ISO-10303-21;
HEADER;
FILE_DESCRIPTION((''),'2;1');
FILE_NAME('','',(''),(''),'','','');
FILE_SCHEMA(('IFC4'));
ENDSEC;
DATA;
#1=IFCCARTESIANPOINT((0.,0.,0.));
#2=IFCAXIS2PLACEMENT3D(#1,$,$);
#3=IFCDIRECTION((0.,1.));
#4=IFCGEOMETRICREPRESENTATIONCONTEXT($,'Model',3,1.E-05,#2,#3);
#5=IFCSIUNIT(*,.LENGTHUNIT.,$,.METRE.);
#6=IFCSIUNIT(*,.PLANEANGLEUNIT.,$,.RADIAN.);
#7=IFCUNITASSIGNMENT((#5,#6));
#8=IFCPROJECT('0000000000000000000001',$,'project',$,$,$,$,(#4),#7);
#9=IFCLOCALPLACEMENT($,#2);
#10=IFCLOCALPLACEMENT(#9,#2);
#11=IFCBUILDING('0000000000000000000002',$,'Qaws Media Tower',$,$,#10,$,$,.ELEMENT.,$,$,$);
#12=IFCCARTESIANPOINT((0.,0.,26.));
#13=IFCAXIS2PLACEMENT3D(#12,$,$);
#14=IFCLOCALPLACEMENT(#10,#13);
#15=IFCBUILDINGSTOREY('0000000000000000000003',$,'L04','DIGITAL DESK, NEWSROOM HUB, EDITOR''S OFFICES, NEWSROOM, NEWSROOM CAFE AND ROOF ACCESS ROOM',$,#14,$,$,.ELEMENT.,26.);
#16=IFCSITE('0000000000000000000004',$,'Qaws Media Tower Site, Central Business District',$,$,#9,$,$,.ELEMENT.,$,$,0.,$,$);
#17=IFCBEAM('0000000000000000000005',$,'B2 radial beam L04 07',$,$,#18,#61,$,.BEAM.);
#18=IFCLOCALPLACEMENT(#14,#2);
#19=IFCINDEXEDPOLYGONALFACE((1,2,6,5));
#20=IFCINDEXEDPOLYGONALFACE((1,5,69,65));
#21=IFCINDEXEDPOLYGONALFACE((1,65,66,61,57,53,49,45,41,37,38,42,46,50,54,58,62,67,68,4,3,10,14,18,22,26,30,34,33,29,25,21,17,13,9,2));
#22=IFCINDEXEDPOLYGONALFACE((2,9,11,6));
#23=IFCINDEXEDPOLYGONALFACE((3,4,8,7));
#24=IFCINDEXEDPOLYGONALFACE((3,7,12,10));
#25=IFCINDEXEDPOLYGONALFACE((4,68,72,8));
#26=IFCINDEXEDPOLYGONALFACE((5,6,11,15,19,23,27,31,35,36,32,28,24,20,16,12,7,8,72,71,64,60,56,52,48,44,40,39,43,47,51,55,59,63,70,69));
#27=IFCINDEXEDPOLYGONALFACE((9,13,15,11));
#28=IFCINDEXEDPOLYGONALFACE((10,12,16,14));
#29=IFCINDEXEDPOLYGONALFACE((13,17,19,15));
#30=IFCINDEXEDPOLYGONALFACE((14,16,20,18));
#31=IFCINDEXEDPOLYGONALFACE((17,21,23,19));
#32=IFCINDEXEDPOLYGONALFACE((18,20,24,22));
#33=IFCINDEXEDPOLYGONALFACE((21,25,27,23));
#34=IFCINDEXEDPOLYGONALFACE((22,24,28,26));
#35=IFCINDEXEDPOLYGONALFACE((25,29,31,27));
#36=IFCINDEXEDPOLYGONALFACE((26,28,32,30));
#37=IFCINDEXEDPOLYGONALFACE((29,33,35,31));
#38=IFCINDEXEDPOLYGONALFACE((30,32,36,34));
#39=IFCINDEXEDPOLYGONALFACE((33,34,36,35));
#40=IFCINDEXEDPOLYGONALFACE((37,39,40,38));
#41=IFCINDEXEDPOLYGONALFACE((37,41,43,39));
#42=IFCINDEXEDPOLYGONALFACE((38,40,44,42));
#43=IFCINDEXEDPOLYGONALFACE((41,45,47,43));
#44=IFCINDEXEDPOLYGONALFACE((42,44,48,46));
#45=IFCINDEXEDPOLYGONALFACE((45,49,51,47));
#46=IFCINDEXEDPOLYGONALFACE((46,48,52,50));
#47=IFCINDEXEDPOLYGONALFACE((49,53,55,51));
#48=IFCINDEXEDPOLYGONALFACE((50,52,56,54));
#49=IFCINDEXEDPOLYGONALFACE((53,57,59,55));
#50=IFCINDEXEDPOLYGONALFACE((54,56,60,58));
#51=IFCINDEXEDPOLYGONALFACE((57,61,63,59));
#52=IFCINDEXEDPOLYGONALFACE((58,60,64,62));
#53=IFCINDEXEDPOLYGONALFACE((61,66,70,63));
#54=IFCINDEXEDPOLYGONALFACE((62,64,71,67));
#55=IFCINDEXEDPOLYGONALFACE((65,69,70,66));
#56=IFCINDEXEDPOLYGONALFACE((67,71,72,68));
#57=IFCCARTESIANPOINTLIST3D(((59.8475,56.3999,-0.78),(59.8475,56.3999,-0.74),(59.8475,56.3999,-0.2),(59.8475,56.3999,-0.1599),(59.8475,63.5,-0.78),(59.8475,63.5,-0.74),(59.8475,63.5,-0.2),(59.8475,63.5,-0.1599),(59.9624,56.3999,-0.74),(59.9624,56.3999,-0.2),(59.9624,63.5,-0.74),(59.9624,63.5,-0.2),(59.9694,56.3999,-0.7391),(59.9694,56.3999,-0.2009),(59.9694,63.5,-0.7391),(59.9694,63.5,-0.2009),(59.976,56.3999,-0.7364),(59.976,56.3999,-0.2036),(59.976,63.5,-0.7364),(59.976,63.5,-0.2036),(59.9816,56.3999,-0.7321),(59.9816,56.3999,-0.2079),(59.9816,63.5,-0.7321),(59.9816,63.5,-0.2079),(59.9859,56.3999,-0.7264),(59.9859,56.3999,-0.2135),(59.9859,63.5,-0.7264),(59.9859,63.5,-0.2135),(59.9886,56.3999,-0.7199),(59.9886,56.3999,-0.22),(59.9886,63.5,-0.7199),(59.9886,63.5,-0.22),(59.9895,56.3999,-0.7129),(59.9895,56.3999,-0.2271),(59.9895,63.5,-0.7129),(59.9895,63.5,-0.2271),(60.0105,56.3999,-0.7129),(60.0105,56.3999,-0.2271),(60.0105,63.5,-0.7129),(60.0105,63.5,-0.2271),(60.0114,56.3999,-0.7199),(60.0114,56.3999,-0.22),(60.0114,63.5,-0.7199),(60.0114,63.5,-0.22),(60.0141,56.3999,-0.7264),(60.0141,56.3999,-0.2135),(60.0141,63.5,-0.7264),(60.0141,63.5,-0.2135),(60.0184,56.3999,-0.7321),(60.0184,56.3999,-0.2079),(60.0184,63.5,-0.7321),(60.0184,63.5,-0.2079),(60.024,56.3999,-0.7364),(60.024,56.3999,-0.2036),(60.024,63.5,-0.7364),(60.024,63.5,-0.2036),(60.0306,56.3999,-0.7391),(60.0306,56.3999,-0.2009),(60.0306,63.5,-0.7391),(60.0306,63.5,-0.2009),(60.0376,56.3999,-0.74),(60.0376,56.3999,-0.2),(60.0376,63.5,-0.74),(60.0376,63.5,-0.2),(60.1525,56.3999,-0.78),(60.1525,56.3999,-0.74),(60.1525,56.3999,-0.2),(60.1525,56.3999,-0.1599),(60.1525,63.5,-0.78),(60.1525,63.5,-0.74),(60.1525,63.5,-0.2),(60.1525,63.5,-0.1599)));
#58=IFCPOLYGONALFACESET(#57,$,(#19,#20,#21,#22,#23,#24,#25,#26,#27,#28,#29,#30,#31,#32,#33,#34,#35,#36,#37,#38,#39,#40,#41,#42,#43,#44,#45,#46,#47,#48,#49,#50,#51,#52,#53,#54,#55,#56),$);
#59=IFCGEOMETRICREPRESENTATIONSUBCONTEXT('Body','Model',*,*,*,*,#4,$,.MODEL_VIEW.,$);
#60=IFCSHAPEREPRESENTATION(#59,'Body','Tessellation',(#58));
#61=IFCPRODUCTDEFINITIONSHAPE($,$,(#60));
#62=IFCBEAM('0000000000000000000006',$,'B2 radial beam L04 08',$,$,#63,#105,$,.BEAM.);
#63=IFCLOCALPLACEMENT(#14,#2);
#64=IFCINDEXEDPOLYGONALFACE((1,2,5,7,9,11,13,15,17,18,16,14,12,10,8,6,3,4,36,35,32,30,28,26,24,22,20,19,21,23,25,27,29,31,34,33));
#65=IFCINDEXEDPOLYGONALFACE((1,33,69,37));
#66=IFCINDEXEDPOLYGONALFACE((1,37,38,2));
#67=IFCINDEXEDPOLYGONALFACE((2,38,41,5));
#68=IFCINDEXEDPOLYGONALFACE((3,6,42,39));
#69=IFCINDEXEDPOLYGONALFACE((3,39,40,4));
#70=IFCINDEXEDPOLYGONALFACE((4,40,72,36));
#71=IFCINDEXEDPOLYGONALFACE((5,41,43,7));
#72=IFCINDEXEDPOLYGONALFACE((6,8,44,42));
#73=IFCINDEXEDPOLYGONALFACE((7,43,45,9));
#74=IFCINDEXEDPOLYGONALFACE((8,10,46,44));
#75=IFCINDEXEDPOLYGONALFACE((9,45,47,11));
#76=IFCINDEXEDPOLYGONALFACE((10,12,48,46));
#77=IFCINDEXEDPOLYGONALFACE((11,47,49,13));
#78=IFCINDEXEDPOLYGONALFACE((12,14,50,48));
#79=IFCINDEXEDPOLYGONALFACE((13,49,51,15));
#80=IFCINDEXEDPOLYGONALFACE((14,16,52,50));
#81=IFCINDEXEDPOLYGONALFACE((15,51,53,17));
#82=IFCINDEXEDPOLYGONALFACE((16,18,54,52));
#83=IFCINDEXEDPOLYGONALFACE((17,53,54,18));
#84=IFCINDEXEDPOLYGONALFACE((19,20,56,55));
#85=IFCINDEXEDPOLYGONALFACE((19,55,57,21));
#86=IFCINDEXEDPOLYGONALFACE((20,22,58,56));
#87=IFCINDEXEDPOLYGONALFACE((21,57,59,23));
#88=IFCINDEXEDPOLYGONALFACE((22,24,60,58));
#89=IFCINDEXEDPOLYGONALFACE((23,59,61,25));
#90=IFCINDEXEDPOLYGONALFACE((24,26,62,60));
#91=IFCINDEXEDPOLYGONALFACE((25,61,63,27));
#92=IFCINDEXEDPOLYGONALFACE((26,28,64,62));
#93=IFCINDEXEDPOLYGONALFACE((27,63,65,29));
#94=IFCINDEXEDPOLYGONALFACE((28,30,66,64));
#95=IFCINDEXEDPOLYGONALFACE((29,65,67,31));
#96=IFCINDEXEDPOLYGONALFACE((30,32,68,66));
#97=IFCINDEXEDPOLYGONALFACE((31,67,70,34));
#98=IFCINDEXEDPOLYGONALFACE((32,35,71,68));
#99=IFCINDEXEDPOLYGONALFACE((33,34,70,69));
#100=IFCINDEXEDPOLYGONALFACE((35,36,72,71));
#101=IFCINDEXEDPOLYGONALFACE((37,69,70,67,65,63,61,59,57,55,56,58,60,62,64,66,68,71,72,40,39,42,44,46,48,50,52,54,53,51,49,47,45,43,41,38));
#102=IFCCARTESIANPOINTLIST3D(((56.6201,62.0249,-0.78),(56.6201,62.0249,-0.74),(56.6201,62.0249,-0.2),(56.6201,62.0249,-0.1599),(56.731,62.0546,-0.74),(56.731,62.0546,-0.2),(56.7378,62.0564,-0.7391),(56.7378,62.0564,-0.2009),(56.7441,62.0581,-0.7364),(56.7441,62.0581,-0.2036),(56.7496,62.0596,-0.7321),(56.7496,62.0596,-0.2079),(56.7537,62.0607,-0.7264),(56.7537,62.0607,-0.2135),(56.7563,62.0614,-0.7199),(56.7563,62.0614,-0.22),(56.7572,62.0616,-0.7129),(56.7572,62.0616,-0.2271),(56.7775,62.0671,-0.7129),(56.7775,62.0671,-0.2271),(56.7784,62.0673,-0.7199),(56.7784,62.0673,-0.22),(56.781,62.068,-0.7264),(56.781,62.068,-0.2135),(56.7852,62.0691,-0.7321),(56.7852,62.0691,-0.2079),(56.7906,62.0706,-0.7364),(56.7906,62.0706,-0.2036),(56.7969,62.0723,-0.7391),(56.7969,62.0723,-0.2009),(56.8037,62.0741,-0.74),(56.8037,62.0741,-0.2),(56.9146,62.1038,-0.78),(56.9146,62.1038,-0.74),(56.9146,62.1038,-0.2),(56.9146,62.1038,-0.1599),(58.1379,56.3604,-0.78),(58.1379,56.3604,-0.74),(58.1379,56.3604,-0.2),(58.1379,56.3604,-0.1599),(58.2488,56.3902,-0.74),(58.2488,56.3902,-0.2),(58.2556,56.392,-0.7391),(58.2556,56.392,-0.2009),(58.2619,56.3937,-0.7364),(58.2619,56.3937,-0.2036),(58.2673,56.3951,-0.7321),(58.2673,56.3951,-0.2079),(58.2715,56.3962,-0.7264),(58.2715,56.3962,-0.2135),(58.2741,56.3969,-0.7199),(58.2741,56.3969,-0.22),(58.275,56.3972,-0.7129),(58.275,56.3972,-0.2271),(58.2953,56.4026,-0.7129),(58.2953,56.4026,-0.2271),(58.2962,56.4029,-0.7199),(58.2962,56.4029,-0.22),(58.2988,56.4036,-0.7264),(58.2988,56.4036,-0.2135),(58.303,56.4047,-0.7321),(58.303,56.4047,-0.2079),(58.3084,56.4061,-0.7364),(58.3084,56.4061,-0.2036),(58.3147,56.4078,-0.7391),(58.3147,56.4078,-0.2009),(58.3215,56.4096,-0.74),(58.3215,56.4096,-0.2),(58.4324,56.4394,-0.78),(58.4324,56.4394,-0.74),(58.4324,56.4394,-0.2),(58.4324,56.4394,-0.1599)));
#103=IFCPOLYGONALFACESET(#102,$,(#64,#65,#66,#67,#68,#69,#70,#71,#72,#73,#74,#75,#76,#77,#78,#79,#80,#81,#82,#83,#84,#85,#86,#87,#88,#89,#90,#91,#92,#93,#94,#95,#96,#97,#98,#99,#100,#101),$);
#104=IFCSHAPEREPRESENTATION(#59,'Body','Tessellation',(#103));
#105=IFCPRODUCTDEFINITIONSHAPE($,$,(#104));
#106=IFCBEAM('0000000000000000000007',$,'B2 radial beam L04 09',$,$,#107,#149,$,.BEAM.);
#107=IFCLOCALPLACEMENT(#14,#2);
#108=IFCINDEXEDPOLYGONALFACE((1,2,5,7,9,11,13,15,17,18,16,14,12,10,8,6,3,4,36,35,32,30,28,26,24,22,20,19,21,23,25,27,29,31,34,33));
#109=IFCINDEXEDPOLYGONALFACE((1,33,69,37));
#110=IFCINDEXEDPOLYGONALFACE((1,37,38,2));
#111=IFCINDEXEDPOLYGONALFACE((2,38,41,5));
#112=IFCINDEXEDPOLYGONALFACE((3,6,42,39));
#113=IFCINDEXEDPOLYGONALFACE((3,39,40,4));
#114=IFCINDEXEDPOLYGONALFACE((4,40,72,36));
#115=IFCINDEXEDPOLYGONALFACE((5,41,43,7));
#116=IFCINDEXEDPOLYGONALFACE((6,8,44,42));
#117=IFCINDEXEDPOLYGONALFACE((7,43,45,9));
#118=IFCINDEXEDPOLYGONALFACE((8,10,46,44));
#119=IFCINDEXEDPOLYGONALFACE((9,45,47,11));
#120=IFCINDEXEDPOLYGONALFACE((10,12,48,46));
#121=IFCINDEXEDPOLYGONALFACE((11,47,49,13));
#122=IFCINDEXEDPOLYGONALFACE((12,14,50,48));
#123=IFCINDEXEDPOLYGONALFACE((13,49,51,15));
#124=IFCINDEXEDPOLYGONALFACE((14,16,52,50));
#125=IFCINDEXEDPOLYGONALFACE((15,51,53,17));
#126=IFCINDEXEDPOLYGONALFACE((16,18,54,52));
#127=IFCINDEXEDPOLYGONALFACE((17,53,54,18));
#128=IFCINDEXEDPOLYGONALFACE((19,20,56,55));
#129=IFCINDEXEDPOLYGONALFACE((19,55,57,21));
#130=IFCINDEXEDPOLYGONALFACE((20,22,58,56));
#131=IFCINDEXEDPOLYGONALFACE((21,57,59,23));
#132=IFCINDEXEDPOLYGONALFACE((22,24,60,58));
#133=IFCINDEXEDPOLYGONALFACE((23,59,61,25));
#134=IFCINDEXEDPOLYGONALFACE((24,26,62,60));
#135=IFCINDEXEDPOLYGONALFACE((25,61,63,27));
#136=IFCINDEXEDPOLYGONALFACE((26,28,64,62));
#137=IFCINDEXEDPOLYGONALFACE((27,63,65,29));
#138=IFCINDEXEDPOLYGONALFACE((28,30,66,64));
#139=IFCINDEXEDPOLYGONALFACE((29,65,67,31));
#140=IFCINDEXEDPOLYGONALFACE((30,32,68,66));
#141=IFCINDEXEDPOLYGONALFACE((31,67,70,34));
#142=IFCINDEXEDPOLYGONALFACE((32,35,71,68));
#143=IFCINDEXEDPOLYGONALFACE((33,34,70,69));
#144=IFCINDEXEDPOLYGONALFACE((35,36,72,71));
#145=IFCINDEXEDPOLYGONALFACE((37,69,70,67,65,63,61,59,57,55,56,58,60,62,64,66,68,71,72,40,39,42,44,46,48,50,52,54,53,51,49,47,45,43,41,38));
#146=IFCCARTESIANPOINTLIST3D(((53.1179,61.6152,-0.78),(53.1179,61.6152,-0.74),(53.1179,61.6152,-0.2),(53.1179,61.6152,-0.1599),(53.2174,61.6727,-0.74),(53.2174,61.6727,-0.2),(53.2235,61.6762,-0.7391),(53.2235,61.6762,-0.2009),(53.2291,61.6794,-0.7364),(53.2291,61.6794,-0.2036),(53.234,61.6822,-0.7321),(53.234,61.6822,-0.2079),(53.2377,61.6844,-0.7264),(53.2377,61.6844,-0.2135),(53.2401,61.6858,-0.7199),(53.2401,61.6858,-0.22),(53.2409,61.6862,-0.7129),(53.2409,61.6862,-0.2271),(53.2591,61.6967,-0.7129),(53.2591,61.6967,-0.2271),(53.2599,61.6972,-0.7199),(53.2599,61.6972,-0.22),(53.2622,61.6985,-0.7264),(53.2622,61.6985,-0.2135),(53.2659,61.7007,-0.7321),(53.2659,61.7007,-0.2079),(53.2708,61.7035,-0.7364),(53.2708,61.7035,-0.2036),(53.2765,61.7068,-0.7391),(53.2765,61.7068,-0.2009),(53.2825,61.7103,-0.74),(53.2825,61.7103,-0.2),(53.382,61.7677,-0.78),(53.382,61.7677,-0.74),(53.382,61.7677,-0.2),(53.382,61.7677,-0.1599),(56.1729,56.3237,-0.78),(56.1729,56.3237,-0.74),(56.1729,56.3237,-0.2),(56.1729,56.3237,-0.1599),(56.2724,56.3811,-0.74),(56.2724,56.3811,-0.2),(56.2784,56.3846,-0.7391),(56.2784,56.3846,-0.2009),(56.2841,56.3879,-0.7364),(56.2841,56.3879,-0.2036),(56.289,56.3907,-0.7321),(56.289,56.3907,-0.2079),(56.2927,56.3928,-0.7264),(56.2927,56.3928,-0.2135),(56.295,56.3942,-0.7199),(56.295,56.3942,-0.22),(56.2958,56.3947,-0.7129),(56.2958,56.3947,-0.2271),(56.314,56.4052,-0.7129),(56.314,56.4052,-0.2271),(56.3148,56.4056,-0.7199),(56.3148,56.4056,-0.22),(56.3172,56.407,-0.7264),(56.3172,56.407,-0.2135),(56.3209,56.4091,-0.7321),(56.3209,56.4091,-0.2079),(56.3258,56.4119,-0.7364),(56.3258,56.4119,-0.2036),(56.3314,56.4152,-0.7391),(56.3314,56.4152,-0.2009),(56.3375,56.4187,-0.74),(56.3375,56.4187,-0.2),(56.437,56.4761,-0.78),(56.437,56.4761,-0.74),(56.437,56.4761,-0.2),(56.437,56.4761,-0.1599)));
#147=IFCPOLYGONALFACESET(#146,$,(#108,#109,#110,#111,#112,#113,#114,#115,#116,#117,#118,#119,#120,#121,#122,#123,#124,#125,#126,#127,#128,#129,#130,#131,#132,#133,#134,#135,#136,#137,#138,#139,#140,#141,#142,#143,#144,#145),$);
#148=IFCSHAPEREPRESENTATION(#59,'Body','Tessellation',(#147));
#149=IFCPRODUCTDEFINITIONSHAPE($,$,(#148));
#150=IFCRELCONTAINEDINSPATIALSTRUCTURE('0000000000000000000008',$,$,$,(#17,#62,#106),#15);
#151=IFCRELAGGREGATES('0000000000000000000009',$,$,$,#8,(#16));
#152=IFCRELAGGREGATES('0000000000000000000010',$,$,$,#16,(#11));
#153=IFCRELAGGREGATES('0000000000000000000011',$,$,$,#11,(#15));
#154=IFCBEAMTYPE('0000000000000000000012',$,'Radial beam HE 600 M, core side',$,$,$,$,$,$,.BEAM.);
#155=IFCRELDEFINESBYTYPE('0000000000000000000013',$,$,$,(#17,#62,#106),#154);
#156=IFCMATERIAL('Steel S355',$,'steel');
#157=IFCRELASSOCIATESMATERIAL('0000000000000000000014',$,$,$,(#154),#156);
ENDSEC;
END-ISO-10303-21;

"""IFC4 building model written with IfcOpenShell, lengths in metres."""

from ifc_helpers import new_model, si_unit, direction, frame, origin, origin_2d, place, context, subcontext, project, spatial, i_section, extrude, material, material_profile, profile_set, type_object, element, save


model = new_model("IFC4")

# Units and contexts
model_context = context("Model", 3, precision=1e-05, world=origin(), true_north=direction((0.0, 1.0)))
body_context = subcontext(model_context, "Body", "Model", "MODEL_VIEW")
ifc_project = project(units=[si_unit("LENGTHUNIT", "METRE"), si_unit("PLANEANGLEUNIT", "RADIAN")], contexts=[model_context])

# Site, building, storey
site_placement = place(None, origin())
site = spatial("IfcSite", under=ifc_project, at=site_placement, Name="Qaws Media Tower Site, Central Business District", CompositionType="ELEMENT", RefElevation=0.0)
building_placement = place(site_placement, origin())
building = spatial("IfcBuilding", under=site, at=building_placement, Name="Qaws Media Tower", CompositionType="ELEMENT")
storey_placement = place(building_placement, frame((0.0, 0.0, 26.0)))
storey = spatial("IfcBuildingStorey", under=building, at=storey_placement, Name="L04", Description="DIGITAL DESK, NEWSROOM HUB, EDITOR'S OFFICES, NEWSROOM, NEWSROOM CAFE AND ROOF ACCESS ROOM", CompositionType="ELEMENT", Elevation=26.0)

# Beams
ifc_material_1 = material(Name="Steel S355", Category="steel")
ifc_material_profile_1 = material_profile(ifc_material_1, i_section(OverallWidth=0.3049, OverallDepth=0.6201, WebThickness=0.021, FlangeThickness=0.04, FilletRadius=0.0271, at=origin_2d()), Name="HE 600 M")
ifc_profile_set_1 = profile_set([ifc_material_profile_1], Name="Steel S355")
beam_type_1 = type_object("IfcBeamType", Name="Radial beam HE 600 M, core side", PredefinedType="BEAM", material=ifc_profile_set_1)
beam_1_placement = place(storey_placement, frame((60.0, 56.3999, -0.47), z_axis=(0.0, 1.0, 0.0), x_axis=(-1.0, 0.0, 0.0)))
element("IfcBeam", 1, at=beam_1_placement, inside=storey, type_object=beam_type_1, Name="B2 radial beam L04 07", PredefinedType="BEAM", context=body_context, shape_type="SweptSolid", body=[
    extrude(i_section(OverallWidth=0.3049, OverallDepth=0.6201, WebThickness=0.021, FlangeThickness=0.04, FilletRadius=0.0271, at=origin_2d()), origin(), (0.0, 0.0, 1.0), 7.1001),
])
beam_2_placement = place(storey_placement, frame((58.2852, 56.3999, -0.47), z_axis=(-0.258821, 0.965925, 0.0), x_axis=(-0.965925, -0.258821, 0.0)))
element("IfcBeam", 2, at=beam_2_placement, inside=storey, type_object=beam_type_1, Name="B2 radial beam L04 08", PredefinedType="BEAM", context=body_context, shape_type="SweptSolid", body=[
    extrude(i_section(OverallWidth=0.3049, OverallDepth=0.6201, WebThickness=0.021, FlangeThickness=0.04, FilletRadius=0.0271, at=origin_2d()), origin(), (0.0, 0.0, 1.0), 5.8643),
])
beam_3_placement = place(storey_placement, frame((56.3049, 56.3999, -0.47), z_axis=(-0.499985, 0.866034, 0.0), x_axis=(-0.866034, -0.499985, 0.0)))
element("IfcBeam", 3, at=beam_3_placement, inside=storey, type_object=beam_type_1, Name="B2 radial beam L04 09", PredefinedType="BEAM", context=body_context, shape_type="SweptSolid", body=[
    extrude(i_section(OverallWidth=0.3049, OverallDepth=0.6201, WebThickness=0.021, FlangeThickness=0.04, FilletRadius=0.0271, at=origin_2d()), origin(), (0.0, 0.0, 1.0), 6.1101),
])

save(model, "model.ifc")
